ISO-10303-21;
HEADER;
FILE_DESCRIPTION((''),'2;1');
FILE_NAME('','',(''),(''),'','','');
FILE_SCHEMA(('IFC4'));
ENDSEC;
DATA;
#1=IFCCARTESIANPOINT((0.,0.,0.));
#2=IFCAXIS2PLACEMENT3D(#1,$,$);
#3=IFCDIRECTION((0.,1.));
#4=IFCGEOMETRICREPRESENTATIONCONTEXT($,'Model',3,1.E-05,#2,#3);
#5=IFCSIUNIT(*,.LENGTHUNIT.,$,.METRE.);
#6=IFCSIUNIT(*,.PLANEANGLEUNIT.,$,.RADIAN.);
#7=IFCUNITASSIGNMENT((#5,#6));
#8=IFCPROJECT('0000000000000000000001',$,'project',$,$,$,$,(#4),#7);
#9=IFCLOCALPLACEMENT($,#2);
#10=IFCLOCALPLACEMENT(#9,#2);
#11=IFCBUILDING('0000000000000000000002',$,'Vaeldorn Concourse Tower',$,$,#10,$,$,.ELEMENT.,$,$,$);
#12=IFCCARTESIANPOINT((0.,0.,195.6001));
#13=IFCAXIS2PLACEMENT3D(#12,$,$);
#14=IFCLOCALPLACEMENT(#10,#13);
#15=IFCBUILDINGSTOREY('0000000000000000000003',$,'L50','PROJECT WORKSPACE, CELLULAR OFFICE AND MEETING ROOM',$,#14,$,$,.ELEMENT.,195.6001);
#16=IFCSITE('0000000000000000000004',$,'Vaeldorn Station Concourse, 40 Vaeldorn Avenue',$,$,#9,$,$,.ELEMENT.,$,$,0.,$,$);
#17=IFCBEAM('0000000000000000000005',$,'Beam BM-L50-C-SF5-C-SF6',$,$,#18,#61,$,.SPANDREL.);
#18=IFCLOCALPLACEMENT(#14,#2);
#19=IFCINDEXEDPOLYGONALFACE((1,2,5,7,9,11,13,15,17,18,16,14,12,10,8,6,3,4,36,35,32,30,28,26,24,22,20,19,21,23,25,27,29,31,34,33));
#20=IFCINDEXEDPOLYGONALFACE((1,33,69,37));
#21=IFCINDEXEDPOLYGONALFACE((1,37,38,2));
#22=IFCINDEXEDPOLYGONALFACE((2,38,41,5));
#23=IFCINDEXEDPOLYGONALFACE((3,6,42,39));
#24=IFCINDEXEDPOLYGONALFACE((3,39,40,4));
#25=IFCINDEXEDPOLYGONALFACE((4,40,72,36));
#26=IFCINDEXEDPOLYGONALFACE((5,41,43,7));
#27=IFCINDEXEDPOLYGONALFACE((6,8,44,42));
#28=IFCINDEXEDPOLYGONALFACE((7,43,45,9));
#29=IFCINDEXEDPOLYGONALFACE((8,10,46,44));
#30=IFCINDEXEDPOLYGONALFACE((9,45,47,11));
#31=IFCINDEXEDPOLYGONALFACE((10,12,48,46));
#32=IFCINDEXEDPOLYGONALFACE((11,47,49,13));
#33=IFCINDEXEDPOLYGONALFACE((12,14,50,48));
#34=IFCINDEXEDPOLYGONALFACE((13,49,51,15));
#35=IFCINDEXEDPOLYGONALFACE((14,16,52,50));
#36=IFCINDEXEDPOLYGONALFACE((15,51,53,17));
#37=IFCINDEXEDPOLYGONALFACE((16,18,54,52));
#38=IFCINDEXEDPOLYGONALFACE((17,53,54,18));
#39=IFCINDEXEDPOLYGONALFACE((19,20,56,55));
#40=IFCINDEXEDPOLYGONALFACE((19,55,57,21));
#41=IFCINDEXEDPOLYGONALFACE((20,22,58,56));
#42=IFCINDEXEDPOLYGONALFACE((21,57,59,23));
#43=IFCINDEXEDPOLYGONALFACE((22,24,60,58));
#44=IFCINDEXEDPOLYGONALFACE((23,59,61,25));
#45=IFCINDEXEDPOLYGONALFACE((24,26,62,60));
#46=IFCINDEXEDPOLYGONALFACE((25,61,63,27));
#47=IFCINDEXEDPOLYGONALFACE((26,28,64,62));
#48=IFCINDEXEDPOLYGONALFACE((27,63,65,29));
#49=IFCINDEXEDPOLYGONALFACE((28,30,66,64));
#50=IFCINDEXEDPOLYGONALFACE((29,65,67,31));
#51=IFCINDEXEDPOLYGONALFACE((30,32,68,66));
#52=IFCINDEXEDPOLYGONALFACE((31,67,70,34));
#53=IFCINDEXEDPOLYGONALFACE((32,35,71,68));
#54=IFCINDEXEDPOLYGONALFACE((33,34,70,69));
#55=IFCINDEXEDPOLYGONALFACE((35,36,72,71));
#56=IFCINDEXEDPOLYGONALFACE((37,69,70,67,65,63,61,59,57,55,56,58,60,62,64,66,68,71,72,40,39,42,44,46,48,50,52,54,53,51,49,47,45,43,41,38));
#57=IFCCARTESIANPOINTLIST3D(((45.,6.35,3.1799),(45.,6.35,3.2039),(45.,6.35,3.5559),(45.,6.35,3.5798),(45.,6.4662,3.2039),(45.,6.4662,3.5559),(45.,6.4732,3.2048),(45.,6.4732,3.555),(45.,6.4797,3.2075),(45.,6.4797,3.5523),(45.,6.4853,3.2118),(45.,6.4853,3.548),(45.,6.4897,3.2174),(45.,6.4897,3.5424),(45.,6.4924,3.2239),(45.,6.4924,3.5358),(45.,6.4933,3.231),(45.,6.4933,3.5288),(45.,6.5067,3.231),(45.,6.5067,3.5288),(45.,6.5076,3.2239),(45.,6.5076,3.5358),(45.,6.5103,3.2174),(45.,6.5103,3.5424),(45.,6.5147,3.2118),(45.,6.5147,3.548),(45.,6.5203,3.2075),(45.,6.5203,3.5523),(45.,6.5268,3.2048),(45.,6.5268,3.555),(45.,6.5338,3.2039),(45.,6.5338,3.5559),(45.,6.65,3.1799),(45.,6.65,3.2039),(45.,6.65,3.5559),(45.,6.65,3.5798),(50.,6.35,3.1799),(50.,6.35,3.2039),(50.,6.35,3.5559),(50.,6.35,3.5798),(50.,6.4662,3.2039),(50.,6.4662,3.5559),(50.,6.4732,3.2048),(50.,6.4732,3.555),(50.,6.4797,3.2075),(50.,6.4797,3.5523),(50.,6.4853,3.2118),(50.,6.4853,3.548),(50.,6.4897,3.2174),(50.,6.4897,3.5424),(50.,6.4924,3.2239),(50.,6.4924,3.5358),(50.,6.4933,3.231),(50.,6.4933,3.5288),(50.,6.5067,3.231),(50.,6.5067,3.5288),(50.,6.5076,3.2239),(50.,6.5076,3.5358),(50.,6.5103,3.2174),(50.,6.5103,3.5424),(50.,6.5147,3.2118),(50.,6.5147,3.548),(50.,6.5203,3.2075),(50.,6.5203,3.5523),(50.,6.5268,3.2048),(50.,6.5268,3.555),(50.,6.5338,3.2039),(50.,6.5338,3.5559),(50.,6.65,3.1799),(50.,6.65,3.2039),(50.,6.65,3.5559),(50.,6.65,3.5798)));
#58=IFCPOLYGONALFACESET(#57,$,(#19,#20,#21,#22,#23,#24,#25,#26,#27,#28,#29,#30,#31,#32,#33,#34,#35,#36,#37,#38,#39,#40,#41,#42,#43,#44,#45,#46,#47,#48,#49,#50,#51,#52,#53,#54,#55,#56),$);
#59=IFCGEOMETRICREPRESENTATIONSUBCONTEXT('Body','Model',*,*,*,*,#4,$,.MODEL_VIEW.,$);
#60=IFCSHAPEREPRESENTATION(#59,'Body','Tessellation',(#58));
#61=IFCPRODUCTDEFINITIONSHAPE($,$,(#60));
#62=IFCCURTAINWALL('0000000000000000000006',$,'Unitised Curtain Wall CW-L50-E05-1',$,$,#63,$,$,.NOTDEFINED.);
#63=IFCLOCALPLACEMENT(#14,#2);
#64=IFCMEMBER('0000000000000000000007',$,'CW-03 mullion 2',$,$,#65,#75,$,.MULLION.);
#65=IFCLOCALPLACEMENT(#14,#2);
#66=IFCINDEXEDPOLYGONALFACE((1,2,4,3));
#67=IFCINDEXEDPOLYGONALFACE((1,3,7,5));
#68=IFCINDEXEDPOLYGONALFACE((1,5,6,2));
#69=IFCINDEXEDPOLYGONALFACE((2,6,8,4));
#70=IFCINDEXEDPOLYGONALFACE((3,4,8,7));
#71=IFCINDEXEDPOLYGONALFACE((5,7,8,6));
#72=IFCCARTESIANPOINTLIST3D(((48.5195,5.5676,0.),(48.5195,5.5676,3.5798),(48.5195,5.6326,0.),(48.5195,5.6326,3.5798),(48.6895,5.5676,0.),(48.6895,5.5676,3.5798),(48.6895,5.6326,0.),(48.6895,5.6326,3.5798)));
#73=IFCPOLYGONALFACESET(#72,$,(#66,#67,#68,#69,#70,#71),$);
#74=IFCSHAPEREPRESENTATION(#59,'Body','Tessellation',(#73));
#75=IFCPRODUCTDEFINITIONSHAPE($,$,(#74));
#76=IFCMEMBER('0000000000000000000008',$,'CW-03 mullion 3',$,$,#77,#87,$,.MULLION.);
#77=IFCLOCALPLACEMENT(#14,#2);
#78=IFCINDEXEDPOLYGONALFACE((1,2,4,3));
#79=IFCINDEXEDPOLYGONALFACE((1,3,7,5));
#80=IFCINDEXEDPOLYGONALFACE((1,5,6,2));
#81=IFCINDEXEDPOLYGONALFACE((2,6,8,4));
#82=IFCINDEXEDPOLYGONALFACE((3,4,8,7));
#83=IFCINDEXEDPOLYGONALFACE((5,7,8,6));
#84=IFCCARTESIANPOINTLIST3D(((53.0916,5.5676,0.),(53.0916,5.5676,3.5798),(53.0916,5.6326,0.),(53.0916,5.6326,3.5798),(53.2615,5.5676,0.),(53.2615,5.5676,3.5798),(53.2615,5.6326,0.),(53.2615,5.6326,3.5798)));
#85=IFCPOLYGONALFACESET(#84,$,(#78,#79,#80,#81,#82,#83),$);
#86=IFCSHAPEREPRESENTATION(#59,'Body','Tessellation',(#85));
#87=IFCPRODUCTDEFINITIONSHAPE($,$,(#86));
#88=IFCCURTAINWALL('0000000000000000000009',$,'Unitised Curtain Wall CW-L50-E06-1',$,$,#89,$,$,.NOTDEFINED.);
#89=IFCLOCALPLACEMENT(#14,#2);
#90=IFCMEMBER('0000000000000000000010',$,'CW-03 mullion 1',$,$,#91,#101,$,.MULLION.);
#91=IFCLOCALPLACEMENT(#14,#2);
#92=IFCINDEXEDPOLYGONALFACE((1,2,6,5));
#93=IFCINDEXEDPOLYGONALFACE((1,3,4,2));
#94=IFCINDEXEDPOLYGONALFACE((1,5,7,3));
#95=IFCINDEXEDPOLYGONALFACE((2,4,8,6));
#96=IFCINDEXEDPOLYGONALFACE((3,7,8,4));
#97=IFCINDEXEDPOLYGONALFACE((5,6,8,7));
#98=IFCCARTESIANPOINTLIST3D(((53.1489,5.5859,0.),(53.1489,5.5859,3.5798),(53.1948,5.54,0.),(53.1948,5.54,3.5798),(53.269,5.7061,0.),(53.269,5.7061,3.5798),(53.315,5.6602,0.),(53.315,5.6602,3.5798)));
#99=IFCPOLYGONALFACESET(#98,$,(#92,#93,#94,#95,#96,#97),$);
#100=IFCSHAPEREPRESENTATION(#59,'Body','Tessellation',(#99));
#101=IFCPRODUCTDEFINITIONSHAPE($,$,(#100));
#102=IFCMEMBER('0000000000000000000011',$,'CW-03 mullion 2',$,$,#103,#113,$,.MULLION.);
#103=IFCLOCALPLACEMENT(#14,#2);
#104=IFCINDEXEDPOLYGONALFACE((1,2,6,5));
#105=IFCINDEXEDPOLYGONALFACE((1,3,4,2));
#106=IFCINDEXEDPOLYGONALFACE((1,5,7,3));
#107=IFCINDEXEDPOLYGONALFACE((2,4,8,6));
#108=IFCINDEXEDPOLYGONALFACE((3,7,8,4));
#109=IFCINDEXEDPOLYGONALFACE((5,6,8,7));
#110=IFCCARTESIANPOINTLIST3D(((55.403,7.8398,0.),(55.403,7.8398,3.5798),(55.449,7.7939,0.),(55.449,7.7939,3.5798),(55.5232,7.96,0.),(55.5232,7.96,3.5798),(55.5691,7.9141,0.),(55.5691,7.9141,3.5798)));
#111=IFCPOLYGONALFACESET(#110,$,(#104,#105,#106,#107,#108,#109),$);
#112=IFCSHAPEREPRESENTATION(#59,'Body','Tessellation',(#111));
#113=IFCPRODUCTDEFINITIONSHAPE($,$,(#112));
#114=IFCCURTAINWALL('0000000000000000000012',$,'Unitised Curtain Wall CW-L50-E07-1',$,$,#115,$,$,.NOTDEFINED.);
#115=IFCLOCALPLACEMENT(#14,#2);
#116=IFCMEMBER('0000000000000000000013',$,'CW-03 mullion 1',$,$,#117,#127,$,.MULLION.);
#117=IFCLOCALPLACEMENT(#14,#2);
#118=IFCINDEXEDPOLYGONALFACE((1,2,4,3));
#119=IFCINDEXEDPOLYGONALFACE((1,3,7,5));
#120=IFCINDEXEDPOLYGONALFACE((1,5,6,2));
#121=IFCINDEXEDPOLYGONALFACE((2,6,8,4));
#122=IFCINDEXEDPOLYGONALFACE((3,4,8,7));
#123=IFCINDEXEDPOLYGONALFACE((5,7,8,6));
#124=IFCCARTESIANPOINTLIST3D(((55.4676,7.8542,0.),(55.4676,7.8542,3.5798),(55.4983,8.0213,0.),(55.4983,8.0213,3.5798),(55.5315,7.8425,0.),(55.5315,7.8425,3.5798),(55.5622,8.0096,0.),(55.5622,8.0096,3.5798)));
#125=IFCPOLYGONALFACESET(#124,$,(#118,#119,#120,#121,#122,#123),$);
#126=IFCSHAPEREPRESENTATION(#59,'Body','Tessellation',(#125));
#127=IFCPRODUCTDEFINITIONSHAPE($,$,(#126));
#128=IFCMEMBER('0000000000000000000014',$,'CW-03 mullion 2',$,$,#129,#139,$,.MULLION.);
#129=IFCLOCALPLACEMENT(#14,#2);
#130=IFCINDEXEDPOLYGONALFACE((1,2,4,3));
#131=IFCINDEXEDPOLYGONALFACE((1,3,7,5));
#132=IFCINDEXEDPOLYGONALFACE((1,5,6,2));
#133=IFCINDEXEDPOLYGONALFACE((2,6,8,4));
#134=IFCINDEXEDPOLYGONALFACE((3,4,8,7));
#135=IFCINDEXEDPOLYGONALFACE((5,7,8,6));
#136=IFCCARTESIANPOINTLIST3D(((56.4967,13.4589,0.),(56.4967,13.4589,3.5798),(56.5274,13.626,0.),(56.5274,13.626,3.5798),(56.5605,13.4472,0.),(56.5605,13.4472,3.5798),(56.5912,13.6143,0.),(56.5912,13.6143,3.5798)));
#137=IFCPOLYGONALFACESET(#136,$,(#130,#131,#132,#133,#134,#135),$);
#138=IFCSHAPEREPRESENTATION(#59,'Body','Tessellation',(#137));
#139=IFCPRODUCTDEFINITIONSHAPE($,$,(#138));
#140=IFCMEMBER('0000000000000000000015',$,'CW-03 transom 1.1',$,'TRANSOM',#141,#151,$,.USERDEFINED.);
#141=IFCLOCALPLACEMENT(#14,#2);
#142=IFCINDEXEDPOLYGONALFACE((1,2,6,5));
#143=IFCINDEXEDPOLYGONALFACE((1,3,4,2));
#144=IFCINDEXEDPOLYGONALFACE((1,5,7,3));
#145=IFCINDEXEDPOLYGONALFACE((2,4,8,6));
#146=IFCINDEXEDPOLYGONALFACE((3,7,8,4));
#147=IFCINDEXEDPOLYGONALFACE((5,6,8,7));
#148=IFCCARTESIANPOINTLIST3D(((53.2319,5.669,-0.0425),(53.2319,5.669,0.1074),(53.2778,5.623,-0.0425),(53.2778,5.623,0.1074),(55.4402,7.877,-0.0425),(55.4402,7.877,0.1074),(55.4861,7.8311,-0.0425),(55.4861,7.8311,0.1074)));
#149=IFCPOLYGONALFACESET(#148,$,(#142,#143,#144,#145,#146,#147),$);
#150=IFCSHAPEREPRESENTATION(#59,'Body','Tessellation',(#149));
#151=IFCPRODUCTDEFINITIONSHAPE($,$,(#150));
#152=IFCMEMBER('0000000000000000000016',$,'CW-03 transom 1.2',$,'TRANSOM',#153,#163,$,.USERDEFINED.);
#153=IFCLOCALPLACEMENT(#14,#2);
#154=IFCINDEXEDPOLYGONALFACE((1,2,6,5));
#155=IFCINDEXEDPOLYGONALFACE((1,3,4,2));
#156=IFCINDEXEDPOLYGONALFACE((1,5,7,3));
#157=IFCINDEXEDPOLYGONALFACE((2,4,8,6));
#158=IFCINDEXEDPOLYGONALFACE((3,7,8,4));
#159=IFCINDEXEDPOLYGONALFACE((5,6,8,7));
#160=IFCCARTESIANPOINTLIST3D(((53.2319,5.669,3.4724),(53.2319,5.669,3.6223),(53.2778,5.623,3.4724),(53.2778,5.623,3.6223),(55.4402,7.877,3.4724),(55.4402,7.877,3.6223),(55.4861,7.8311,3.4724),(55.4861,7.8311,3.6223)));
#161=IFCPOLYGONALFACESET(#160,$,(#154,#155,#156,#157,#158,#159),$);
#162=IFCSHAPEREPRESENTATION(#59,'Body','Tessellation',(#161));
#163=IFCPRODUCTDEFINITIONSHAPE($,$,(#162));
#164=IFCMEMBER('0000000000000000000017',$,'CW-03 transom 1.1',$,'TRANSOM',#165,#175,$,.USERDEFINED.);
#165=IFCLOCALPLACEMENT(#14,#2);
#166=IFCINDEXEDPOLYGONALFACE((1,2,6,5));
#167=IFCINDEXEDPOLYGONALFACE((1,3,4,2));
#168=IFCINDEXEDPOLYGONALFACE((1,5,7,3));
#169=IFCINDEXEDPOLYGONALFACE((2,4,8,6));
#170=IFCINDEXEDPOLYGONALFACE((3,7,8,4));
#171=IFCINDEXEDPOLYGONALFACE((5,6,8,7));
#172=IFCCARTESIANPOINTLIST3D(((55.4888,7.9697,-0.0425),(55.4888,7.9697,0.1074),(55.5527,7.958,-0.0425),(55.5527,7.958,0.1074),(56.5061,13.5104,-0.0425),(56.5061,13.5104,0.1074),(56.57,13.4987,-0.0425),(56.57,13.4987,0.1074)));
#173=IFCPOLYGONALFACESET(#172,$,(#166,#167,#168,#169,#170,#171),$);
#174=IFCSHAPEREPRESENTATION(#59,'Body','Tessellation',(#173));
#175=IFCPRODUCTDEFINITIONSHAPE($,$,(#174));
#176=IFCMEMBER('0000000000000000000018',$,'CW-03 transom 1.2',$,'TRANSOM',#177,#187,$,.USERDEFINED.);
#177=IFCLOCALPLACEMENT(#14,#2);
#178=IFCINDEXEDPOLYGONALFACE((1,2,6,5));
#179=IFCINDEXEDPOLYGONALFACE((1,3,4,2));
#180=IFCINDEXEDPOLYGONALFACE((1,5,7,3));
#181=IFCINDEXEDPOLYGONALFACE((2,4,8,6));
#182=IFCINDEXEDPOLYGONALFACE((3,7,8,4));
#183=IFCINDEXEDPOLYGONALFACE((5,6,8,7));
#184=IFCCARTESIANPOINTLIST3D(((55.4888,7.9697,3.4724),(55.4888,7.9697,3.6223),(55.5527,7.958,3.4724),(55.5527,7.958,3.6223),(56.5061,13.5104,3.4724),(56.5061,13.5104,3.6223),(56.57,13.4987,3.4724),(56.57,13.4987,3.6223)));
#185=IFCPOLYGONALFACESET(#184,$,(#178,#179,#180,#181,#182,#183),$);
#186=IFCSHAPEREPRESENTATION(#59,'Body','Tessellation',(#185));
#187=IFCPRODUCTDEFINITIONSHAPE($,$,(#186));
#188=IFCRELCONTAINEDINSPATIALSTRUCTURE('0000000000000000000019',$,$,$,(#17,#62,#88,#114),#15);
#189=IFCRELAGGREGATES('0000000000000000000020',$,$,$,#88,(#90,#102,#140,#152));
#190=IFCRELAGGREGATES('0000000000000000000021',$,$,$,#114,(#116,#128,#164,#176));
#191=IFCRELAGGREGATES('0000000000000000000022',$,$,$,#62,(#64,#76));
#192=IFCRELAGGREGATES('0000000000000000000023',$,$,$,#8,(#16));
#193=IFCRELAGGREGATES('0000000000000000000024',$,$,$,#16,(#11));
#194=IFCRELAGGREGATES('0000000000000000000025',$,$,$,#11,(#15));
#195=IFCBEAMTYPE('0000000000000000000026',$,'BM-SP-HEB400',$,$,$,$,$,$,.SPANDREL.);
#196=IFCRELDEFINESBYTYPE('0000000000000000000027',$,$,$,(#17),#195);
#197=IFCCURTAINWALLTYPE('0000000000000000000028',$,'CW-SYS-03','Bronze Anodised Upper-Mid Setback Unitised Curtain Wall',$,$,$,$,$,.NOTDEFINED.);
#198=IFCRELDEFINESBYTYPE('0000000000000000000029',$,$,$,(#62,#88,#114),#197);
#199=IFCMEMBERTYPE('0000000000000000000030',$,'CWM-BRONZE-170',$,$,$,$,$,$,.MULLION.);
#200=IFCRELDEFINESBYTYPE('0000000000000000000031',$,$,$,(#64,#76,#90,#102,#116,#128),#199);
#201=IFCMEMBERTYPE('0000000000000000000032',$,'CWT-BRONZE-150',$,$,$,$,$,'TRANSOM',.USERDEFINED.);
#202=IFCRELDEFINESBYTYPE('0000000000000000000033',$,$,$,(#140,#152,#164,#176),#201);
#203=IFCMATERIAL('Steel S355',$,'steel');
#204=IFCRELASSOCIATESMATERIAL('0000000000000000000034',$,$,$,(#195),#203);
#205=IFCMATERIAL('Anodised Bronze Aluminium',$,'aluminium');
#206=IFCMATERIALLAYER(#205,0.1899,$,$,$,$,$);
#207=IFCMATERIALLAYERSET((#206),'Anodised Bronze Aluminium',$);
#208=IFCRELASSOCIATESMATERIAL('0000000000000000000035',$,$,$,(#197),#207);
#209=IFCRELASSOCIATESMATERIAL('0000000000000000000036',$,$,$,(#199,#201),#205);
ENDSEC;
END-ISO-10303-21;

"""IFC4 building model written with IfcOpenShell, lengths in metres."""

from ifc_helpers import new_model, si_unit, direction, frame, origin, origin_2d, place, context, subcontext, project, spatial, rectangle, i_section, extrude, source, transform, mapped, material, layer, layer_set, material_profile, profile_set, type_object, element, aggregate, save


model = new_model("IFC4")

# Units and contexts
model_context = context("Model", 3, precision=1e-05, world=origin(), true_north=direction((0.0, 1.0)))
body_context = subcontext(model_context, "Body", "Model", "MODEL_VIEW")
ifc_project = project(units=[si_unit("LENGTHUNIT", "METRE"), si_unit("PLANEANGLEUNIT", "RADIAN")], contexts=[model_context])

# Site, building, storey
site_placement = place(None, origin())
site = spatial("IfcSite", under=ifc_project, at=site_placement, Name="Vaeldorn Station Concourse, 40 Vaeldorn Avenue", CompositionType="ELEMENT", RefElevation=0.0)
building_placement = place(site_placement, origin())
building = spatial("IfcBuilding", under=site, at=building_placement, Name="Vaeldorn Concourse Tower", CompositionType="ELEMENT")
storey_placement = place(building_placement, frame((0.0, 0.0, 195.6001)))
storey = spatial("IfcBuildingStorey", under=building, at=storey_placement, Name="L50", Description="PROJECT WORKSPACE, CELLULAR OFFICE AND MEETING ROOM", CompositionType="ELEMENT", Elevation=195.6001)

# Shared definitions
ifc_material_1 = material(Name="Steel S355", Category="steel")

# Beam
ifc_material_profile_1 = material_profile(ifc_material_1, i_section(OverallWidth=0.3, OverallDepth=0.3999, WebThickness=0.0134, FlangeThickness=0.0239, FilletRadius=0.0271, at=origin_2d()), Name="HEB 400")
ifc_profile_set_1 = profile_set([ifc_material_profile_1], Name="Steel S355")
beam_type_1 = type_object("IfcBeamType", Name="BM-SP-HEB400", PredefinedType="SPANDREL", material=ifc_profile_set_1)
shared_shape_1 = source(origin(), body_context, "Body", "SweptSolid", [
    extrude(i_section(OverallWidth=0.3, OverallDepth=0.3999, WebThickness=0.0134, FlangeThickness=0.0239, FilletRadius=0.0271, at=origin_2d()), origin(), (0.0, 0.0, 1.0), 5.0),
])
beam_1_placement = place(storey_placement, frame((45.0, 6.5, 3.3799), z_axis=(1.0, 0.0, 0.0), x_axis=(0.0, 1.0, 0.0)))
element("IfcBeam", 1, at=beam_1_placement, inside=storey, type_object=beam_type_1, Name="Beam BM-L50-C-SF5-C-SF6", PredefinedType="SPANDREL", context=body_context, shape_type="MappedRepresentation", body=[
    mapped(shared_shape_1, transform((0.0, 0.0, 0.0), scale=1.0)),
])

# Curtain walls, members
ifc_material_2 = material(Name="Anodised Bronze Aluminium", Category="aluminium")
ifc_layer_1 = layer(ifc_material_2, 0.1899)
ifc_layer_set_1 = layer_set([ifc_layer_1], Name="Anodised Bronze Aluminium")
curtain_wall_type = type_object("IfcCurtainWallType", Name="CW-SYS-03", Description="Bronze Anodised Upper-Mid Setback Unitised Curtain Wall", PredefinedType="NOTDEFINED", material=ifc_layer_set_1)
curtain_wall_1_placement = place(storey_placement, origin())
curtain_wall_1 = element("IfcCurtainWall", 2, at=curtain_wall_1_placement, inside=storey, type_object=curtain_wall_type, Name="Unitised Curtain Wall CW-L50-E05-1", PredefinedType="NOTDEFINED")
ifc_material_profile_2 = material_profile(ifc_material_2, rectangle(XDim=0.0649, YDim=0.1699, at=origin_2d()), Name="CWM 65x170")
ifc_profile_set_2 = profile_set([ifc_material_profile_2], Name="Anodised Bronze Aluminium")
member_type_1 = type_object("IfcMemberType", Name="CWM-BRONZE-170", PredefinedType="MULLION", material=ifc_profile_set_2)
shared_shape_2 = source(origin(), body_context, "Body", "SweptSolid", [
    extrude(rectangle(XDim=0.0649, YDim=0.1699, at=origin_2d()), origin(), (0.0, 0.0, 1.0), 3.5798),
])
member_1_placement = place(storey_placement, frame((48.6045, 5.6001, 0.0), z_axis=(0.0, 0.0, 1.0), x_axis=(0.0, 1.0, 0.0)))
member_1 = element("IfcMember", 3, at=member_1_placement, type_object=member_type_1, Name="CW-03 mullion 2", PredefinedType="MULLION", context=body_context, shape_type="MappedRepresentation", body=[
    mapped(shared_shape_2, transform((0.0, 0.0, 0.0), scale=1.0)),
])
member_2_placement = place(storey_placement, frame((53.1765, 5.6001, 0.0), z_axis=(0.0, 0.0, 1.0), x_axis=(0.0, 1.0, 0.0)))
member_2 = element("IfcMember", 4, at=member_2_placement, type_object=member_type_1, Name="CW-03 mullion 3", PredefinedType="MULLION", context=body_context, shape_type="MappedRepresentation", body=[
    mapped(shared_shape_2, transform((0.0, 0.0, 0.0), scale=1.0)),
])
curtain_wall_2_placement = place(storey_placement, origin())
curtain_wall_2 = element("IfcCurtainWall", 5, at=curtain_wall_2_placement, inside=storey, type_object=curtain_wall_type, Name="Unitised Curtain Wall CW-L50-E06-1", PredefinedType="NOTDEFINED")
member_3_placement = place(storey_placement, frame((53.2319, 5.623, 0.0), z_axis=(0.0, 0.0, 1.0), x_axis=(-0.707107, 0.707107, 0.0)))
member_3 = element("IfcMember", 6, at=member_3_placement, type_object=member_type_1, Name="CW-03 mullion 1", PredefinedType="MULLION", context=body_context, shape_type="MappedRepresentation", body=[
    mapped(shared_shape_2, transform((0.0, 0.0, 0.0), scale=1.0)),
])
member_4_placement = place(storey_placement, frame((55.4861, 7.877, 0.0), z_axis=(0.0, 0.0, 1.0), x_axis=(-0.707107, 0.707107, 0.0)))
member_4 = element("IfcMember", 7, at=member_4_placement, type_object=member_type_1, Name="CW-03 mullion 2", PredefinedType="MULLION", context=body_context, shape_type="MappedRepresentation", body=[
    mapped(shared_shape_2, transform((0.0, 0.0, 0.0), scale=1.0)),
])
curtain_wall_3_placement = place(storey_placement, origin())
curtain_wall_3 = element("IfcCurtainWall", 8, at=curtain_wall_3_placement, inside=storey, type_object=curtain_wall_type, Name="Unitised Curtain Wall CW-L50-E07-1", PredefinedType="NOTDEFINED")
member_5_placement = place(storey_placement, frame((55.5149, 7.9319, 0.0), z_axis=(0.0, 0.0, 1.0), x_axis=(-0.983559, 0.180585, 0.0)))
member_5 = element("IfcMember", 9, at=member_5_placement, type_object=member_type_1, Name="CW-03 mullion 1", PredefinedType="MULLION", context=body_context, shape_type="MappedRepresentation", body=[
    mapped(shared_shape_2, transform((0.0, 0.0, 0.0), scale=1.0)),
])
member_6_placement = place(storey_placement, frame((56.5439, 13.5366, 0.0), z_axis=(0.0, 0.0, 1.0), x_axis=(-0.983559, 0.180585, 0.0)))
member_6 = element("IfcMember", 10, at=member_6_placement, type_object=member_type_1, Name="CW-03 mullion 2", PredefinedType="MULLION", context=body_context, shape_type="MappedRepresentation", body=[
    mapped(shared_shape_2, transform((0.0, 0.0, 0.0), scale=1.0)),
])

# Members
ifc_material_profile_3 = material_profile(ifc_material_2, rectangle(XDim=0.0649, YDim=0.1499, at=origin_2d()), Name="CWT 65x150")
ifc_profile_set_3 = profile_set([ifc_material_profile_3], Name="Anodised Bronze Aluminium")
member_type_2 = type_object("IfcMemberType", Name="CWT-BRONZE-150", ElementType="TRANSOM", PredefinedType="USERDEFINED", material=ifc_profile_set_3)
shared_shape_3 = source(origin(), body_context, "Body", "SweptSolid", [
    extrude(rectangle(XDim=0.0649, YDim=0.1499, at=origin_2d()), origin(), (0.0, 0.0, 1.0), 3.1228),
])
member_7_placement = place(storey_placement, frame((53.2549, 5.646, 0.0325), z_axis=(0.707146, 0.707068, 0.0), x_axis=(-0.707068, 0.707146, 0.0)))
member_7 = element("IfcMember", 11, at=member_7_placement, type_object=member_type_2, Name="CW-03 transom 1.1", ObjectType="TRANSOM", PredefinedType="USERDEFINED", context=body_context, shape_type="MappedRepresentation", body=[
    mapped(shared_shape_3, transform((0.0, 0.0, 0.0), scale=1.0)),
])
member_8_placement = place(storey_placement, frame((53.2549, 5.646, 3.5474), z_axis=(0.707146, 0.707068, 0.0), x_axis=(-0.707068, 0.707146, 0.0)))
member_8 = element("IfcMember", 12, at=member_8_placement, type_object=member_type_2, Name="CW-03 transom 1.2", ObjectType="TRANSOM", PredefinedType="USERDEFINED", context=body_context, shape_type="MappedRepresentation", body=[
    mapped(shared_shape_3, transform((0.0, 0.0, 0.0), scale=1.0)),
])
shared_shape_4 = source(origin(), body_context, "Body", "SweptSolid", [
    extrude(rectangle(XDim=0.0649, YDim=0.1499, at=origin_2d()), origin(), (0.0, 0.0, 1.0), 5.6333),
])
member_9_placement = place(storey_placement, frame((55.5208, 7.9639, 0.0325), z_axis=(0.18059, 0.983558, 0.0), x_axis=(-0.983558, 0.18059, 0.0)))
member_9 = element("IfcMember", 13, at=member_9_placement, type_object=member_type_2, Name="CW-03 transom 1.1", ObjectType="TRANSOM", PredefinedType="USERDEFINED", context=body_context, shape_type="MappedRepresentation", body=[
    mapped(shared_shape_4, transform((0.0, 0.0, 0.0), scale=1.0)),
])
member_10_placement = place(storey_placement, frame((55.5208, 7.9639, 3.5474), z_axis=(0.18059, 0.983558, 0.0), x_axis=(-0.983558, 0.18059, 0.0)))
member_10 = element("IfcMember", 14, at=member_10_placement, type_object=member_type_2, Name="CW-03 transom 1.2", ObjectType="TRANSOM", PredefinedType="USERDEFINED", context=body_context, shape_type="MappedRepresentation", body=[
    mapped(shared_shape_4, transform((0.0, 0.0, 0.0), scale=1.0)),
])

aggregate(curtain_wall_2, [member_3, member_4, member_7, member_8])
aggregate(curtain_wall_3, [member_5, member_6, member_9, member_10])
aggregate(curtain_wall_1, [member_1, member_2])

save(model, "model.ifc")
